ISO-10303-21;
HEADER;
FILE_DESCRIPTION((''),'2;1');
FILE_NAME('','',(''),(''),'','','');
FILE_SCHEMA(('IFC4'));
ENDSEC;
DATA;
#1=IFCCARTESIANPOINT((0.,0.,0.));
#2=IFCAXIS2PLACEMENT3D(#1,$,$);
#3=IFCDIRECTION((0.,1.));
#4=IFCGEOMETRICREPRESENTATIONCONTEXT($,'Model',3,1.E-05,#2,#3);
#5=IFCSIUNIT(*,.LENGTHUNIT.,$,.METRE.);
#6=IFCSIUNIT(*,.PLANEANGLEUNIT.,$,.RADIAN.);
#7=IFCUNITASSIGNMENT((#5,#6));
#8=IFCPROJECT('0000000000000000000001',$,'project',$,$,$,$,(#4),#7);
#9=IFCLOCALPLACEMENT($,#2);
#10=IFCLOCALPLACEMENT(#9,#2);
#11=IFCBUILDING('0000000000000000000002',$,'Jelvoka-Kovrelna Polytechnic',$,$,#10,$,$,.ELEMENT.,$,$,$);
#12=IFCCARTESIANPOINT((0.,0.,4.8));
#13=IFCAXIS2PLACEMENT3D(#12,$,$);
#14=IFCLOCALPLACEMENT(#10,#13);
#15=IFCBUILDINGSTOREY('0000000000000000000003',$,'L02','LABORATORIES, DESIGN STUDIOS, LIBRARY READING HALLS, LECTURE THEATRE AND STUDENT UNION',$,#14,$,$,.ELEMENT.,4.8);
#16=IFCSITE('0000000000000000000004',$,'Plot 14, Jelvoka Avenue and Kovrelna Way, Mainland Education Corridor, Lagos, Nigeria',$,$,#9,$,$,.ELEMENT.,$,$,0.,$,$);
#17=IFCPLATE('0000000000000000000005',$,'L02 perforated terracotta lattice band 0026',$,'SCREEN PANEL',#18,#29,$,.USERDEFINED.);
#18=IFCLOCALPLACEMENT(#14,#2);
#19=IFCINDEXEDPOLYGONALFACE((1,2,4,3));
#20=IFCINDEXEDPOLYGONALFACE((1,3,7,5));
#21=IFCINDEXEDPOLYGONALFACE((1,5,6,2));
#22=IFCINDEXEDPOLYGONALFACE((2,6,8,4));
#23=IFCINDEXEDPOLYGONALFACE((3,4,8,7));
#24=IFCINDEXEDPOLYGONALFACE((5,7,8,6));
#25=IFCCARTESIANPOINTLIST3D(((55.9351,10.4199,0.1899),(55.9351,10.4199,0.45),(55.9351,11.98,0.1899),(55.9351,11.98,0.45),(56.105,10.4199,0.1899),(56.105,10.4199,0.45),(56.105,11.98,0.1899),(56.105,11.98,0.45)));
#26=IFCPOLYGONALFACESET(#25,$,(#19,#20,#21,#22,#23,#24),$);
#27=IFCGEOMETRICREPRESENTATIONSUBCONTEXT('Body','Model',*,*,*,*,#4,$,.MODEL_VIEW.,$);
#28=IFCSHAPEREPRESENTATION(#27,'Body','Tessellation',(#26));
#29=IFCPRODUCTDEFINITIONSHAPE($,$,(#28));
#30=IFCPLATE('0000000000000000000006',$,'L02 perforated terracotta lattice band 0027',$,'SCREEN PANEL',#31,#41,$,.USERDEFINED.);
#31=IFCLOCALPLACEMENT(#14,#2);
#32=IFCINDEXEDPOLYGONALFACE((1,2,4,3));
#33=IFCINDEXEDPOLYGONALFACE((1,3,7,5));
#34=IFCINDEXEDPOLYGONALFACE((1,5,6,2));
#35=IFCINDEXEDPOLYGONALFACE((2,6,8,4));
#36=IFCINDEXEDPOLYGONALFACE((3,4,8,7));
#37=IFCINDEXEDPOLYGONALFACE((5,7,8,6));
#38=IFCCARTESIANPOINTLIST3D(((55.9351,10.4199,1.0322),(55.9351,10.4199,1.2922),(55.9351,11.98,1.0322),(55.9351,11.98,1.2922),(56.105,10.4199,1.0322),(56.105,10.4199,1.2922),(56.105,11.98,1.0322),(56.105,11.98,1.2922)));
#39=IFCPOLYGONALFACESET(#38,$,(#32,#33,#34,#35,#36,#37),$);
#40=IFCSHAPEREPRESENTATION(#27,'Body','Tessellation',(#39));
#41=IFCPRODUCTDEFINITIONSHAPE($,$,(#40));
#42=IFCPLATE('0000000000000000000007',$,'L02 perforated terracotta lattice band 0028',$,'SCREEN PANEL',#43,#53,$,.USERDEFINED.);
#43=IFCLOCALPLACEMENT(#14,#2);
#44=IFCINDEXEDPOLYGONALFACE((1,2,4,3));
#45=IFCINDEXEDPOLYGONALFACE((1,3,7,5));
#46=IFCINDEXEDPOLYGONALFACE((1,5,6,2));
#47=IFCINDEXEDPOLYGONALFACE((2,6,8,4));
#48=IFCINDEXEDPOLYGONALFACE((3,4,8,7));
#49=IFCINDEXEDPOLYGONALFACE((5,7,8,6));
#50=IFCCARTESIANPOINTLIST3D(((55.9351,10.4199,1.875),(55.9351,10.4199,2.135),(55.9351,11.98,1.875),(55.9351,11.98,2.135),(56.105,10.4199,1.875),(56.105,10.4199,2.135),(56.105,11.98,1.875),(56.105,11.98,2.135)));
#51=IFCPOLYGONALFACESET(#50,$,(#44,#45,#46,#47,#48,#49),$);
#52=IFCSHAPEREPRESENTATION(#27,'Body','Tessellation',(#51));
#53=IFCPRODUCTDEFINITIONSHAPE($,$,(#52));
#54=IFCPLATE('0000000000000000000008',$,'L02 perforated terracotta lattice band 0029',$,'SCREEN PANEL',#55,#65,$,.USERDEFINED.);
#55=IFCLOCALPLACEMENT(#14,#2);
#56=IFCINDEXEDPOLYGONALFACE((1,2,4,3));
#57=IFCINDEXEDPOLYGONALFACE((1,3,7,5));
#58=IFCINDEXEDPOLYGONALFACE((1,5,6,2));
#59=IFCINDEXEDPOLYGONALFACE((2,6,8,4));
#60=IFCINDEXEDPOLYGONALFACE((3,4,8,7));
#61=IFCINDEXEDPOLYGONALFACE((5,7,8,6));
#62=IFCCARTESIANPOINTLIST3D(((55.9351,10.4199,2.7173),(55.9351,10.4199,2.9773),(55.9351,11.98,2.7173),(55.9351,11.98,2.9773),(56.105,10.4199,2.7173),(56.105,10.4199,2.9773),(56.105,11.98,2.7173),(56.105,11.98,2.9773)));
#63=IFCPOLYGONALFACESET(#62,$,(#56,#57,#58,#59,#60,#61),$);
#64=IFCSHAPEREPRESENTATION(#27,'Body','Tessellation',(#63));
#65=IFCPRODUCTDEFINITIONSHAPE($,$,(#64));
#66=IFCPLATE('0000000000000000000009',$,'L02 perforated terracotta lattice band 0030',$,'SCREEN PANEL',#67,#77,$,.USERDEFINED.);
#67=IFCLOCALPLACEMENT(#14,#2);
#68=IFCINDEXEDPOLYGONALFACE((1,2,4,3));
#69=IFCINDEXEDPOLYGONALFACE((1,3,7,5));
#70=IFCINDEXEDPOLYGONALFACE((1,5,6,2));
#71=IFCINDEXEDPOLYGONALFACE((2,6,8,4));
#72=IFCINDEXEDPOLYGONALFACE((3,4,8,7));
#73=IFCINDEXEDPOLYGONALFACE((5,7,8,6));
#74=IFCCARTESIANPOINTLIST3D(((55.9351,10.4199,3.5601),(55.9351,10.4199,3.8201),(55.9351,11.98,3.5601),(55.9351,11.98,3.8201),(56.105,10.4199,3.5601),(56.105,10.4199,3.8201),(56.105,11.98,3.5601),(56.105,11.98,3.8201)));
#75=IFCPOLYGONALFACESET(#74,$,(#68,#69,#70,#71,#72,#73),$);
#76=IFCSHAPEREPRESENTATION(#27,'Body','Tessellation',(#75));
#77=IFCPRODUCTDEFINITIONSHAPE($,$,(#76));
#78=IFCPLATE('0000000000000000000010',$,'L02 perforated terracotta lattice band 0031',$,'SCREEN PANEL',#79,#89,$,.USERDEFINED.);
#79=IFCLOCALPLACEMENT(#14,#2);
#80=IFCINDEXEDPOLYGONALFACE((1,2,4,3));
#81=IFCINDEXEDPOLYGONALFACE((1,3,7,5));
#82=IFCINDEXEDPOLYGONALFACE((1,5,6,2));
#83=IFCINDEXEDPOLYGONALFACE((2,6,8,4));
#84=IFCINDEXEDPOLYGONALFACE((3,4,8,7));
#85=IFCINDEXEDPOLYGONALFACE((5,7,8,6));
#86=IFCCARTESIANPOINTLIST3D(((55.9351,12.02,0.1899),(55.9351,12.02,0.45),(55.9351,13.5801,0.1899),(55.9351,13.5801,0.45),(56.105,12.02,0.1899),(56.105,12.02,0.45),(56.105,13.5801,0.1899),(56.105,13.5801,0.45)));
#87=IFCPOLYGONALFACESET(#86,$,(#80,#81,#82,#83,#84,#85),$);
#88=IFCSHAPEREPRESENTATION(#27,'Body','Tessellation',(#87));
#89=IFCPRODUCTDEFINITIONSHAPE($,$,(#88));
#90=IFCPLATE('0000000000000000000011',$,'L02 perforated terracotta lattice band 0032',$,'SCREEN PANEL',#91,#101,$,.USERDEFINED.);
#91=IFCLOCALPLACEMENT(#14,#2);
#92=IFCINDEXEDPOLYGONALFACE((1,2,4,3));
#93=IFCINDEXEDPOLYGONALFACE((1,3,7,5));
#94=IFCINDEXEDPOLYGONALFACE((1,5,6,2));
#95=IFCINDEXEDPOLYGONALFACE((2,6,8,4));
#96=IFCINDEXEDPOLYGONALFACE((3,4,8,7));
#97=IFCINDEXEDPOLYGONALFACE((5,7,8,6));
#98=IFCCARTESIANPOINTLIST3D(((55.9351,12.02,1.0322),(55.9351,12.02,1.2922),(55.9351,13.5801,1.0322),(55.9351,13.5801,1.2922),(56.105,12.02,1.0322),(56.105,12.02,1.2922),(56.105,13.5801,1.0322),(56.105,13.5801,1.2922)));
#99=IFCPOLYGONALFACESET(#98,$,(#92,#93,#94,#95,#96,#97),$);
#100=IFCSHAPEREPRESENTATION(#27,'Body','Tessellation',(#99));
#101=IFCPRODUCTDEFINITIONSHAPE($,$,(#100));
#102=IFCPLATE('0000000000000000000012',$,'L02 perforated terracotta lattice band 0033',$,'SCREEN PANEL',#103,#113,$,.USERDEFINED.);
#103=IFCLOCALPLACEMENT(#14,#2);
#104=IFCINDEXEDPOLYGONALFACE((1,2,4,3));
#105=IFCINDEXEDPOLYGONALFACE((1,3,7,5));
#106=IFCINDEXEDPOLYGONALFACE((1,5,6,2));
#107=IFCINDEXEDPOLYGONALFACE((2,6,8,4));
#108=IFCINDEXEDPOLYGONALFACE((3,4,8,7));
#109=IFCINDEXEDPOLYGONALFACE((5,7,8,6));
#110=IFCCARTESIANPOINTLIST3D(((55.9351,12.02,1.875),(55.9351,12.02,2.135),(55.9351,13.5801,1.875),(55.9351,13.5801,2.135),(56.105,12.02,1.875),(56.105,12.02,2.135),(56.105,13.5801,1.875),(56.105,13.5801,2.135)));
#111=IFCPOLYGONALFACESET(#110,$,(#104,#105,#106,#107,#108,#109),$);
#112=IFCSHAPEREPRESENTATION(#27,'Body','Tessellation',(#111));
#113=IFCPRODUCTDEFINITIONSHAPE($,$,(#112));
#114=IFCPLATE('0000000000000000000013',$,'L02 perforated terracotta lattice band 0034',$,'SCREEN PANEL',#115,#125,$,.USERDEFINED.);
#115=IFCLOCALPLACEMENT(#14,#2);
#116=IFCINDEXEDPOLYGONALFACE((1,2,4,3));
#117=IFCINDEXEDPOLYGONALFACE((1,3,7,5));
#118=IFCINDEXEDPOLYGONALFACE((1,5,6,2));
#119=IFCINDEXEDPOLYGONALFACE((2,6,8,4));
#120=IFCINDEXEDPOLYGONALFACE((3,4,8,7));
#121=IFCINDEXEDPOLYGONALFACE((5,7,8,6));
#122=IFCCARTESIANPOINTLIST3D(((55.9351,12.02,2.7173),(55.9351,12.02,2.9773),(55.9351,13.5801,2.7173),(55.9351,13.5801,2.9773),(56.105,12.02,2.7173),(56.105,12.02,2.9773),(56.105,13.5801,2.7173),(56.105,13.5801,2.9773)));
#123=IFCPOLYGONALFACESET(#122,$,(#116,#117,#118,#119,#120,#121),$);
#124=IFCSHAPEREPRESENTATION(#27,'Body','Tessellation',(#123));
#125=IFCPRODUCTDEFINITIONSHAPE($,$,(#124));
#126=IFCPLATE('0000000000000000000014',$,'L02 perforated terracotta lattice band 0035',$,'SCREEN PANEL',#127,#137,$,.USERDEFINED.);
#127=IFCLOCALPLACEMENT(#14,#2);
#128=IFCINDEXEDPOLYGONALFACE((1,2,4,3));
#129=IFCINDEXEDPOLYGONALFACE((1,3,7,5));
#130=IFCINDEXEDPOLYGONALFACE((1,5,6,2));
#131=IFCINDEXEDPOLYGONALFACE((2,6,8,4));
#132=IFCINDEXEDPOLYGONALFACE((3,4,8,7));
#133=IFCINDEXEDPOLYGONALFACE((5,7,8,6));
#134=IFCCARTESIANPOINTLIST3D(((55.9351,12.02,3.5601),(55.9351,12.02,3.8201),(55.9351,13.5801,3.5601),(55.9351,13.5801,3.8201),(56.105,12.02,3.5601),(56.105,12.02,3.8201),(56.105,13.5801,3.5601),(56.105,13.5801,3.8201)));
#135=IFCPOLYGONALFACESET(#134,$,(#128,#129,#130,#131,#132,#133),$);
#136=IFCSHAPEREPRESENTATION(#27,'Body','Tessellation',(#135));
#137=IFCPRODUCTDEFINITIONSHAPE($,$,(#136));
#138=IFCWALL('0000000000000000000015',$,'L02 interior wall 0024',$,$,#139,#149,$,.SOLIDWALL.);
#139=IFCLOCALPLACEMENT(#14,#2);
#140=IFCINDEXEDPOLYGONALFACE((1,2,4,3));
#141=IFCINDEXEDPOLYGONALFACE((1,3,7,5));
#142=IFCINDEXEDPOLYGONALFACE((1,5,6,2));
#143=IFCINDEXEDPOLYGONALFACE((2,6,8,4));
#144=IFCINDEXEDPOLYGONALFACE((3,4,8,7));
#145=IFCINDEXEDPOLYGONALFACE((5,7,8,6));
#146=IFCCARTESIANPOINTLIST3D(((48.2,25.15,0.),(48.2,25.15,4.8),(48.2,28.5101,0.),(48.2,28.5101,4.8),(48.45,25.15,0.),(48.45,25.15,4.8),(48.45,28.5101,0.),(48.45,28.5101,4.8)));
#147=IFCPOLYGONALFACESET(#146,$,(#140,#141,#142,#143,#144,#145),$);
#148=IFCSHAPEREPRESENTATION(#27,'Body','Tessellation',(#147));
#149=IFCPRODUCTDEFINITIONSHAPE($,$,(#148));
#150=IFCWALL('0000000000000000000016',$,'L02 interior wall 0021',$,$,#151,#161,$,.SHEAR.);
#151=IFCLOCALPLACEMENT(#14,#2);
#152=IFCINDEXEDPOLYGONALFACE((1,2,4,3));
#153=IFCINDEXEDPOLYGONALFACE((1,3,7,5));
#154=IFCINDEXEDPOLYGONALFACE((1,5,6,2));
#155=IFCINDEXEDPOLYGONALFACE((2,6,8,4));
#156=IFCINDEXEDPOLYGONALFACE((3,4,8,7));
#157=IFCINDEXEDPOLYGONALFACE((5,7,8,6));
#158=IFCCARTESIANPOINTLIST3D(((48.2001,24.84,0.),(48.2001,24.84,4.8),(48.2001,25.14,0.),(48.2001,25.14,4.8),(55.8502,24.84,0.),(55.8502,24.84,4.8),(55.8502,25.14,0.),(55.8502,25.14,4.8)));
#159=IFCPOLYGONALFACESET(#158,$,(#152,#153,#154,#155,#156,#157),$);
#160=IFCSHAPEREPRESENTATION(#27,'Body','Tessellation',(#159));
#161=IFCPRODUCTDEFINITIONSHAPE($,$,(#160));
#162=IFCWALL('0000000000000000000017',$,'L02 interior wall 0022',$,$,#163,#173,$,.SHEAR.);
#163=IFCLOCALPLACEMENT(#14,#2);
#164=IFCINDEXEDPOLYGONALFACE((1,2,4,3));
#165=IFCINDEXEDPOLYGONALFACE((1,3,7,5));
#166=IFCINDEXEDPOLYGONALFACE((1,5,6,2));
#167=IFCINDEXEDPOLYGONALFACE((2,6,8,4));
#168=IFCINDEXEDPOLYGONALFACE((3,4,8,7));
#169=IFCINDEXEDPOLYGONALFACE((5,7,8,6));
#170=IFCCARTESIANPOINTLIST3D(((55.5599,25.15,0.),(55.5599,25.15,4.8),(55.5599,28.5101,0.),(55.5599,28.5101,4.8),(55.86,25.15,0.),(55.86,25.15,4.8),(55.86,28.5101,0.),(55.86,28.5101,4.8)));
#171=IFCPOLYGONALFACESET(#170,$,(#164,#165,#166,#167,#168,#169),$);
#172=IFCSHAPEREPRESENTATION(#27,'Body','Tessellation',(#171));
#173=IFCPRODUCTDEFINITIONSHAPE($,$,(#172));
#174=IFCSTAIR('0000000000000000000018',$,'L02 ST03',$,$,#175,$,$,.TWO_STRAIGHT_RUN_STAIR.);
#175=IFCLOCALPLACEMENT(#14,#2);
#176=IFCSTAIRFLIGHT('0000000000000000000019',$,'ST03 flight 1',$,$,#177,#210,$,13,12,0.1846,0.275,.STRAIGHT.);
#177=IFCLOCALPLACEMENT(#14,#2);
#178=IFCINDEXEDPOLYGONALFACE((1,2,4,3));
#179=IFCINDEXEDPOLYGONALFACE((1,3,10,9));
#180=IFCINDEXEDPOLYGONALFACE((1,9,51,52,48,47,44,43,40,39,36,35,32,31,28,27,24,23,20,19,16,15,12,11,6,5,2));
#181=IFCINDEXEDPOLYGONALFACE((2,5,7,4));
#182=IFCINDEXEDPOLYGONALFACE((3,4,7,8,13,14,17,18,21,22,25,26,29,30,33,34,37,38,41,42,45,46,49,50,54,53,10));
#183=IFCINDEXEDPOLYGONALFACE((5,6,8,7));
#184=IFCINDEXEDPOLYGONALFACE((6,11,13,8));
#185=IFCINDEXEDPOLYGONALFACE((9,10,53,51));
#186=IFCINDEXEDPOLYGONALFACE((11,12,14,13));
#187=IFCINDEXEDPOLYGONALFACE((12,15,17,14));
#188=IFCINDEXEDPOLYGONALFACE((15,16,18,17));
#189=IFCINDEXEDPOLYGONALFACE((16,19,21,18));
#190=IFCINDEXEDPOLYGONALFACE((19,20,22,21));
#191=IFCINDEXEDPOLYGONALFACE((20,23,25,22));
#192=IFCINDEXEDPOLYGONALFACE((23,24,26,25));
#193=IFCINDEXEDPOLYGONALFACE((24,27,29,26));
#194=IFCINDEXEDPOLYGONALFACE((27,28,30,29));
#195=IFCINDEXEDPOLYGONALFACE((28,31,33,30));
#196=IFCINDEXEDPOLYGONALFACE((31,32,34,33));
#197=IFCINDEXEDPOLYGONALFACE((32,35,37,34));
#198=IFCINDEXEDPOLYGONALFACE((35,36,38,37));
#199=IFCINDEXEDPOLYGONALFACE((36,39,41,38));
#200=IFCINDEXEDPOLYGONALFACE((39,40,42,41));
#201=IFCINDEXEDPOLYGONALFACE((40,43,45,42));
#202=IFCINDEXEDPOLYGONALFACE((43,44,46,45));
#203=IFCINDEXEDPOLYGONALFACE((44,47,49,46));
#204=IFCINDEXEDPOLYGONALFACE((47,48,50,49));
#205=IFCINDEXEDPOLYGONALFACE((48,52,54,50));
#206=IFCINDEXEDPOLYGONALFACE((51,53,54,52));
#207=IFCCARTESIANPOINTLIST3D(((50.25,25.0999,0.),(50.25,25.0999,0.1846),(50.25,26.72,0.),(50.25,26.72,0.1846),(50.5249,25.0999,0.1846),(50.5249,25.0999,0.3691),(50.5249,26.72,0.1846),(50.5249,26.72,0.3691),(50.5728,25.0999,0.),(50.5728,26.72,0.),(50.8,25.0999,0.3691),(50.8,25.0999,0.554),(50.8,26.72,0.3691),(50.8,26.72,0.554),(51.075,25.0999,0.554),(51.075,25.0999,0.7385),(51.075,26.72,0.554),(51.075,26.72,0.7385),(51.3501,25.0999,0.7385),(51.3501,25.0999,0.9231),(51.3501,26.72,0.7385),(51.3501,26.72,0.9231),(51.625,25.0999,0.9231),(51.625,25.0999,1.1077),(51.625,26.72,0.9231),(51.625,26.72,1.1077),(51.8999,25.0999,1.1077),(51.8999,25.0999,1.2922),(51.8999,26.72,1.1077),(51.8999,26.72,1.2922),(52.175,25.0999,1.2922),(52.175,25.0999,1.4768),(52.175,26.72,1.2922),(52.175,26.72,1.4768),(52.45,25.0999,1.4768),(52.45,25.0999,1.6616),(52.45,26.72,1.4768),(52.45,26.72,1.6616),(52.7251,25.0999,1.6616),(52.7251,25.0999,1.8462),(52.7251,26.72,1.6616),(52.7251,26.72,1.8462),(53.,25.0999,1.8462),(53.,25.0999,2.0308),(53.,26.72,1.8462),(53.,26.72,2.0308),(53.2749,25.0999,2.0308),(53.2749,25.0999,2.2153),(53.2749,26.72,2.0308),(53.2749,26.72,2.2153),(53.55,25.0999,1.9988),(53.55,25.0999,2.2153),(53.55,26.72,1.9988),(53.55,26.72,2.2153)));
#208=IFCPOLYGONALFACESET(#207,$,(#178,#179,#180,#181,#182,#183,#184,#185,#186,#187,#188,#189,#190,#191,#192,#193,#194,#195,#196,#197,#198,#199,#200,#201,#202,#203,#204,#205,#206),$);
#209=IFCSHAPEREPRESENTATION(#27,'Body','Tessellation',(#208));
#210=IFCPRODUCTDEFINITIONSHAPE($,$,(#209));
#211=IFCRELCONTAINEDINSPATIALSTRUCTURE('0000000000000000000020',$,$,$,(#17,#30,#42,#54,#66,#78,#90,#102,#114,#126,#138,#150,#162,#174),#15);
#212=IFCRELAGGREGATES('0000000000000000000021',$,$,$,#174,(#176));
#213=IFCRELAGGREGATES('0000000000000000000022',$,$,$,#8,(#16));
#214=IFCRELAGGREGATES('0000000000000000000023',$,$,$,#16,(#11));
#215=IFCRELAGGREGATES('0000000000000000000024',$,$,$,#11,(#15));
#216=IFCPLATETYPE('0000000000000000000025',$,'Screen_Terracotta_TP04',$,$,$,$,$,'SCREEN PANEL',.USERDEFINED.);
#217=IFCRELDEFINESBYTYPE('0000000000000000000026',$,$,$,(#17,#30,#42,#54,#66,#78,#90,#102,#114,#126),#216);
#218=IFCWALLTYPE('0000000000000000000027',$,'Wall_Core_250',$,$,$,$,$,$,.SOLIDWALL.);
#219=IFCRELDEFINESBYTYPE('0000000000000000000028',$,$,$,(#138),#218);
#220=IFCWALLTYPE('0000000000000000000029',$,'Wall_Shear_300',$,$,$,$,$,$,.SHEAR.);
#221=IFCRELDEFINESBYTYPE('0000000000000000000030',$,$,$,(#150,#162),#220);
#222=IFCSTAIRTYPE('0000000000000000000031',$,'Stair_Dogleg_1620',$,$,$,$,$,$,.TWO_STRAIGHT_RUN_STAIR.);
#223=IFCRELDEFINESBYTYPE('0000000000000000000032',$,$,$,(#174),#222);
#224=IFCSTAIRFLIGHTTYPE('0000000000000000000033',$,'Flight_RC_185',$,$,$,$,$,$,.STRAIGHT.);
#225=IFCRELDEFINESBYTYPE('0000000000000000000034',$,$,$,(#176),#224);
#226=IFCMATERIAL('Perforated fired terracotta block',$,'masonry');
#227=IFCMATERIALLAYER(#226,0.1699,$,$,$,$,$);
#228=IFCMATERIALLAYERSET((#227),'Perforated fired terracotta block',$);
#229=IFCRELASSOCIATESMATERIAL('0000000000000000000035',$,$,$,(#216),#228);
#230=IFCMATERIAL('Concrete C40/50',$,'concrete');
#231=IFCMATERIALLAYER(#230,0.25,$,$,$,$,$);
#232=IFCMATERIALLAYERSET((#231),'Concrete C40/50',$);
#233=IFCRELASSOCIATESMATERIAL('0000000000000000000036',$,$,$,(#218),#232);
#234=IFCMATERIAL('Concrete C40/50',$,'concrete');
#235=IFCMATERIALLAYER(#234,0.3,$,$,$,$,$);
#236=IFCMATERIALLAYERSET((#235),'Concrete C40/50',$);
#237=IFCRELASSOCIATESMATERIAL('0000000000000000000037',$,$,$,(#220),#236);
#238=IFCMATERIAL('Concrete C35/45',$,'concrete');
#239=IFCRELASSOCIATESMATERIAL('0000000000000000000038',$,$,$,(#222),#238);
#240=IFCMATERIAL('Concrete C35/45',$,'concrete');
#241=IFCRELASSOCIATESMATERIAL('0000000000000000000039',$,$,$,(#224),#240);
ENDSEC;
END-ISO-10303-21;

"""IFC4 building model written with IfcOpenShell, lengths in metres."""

from ifc_helpers import new_model, si_unit, direction, frame, frame_2d, origin, origin_2d, place, context, subcontext, project, spatial, polyline, rectangle, outline, extrude, material, layer, layer_set, type_object, element, aggregate, save


model = new_model("IFC4")

# Units and contexts
model_context = context("Model", 3, precision=1e-05, world=origin(), true_north=direction((0.0, 1.0)))
body_context = subcontext(model_context, "Body", "Model", "MODEL_VIEW")
ifc_project = project(units=[si_unit("LENGTHUNIT", "METRE"), si_unit("PLANEANGLEUNIT", "RADIAN")], contexts=[model_context])

# Site, building, storey
site_placement = place(None, origin())
site = spatial("IfcSite", under=ifc_project, at=site_placement, Name="Plot 14, Jelvoka Avenue and Kovrelna Way, Mainland Education Corridor, Lagos, Nigeria", CompositionType="ELEMENT", RefElevation=0.0)
building_placement = place(site_placement, origin())
building = spatial("IfcBuilding", under=site, at=building_placement, Name="Jelvoka-Kovrelna Polytechnic", CompositionType="ELEMENT")
storey_placement = place(building_placement, frame((0.0, 0.0, 4.8)))
storey = spatial("IfcBuildingStorey", under=building, at=storey_placement, Name="L02", Description="LABORATORIES, DESIGN STUDIOS, LIBRARY READING HALLS, LECTURE THEATRE AND STUDENT UNION", CompositionType="ELEMENT", Elevation=4.8)

# Plates
ifc_material_1 = material(Name="Perforated fired terracotta block", Category="masonry")
ifc_layer_1 = layer(ifc_material_1, 0.1699)
ifc_layer_set_1 = layer_set([ifc_layer_1], Name="Perforated fired terracotta block")
plate_type_1 = type_object("IfcPlateType", Name="Screen_Terracotta_TP04", ElementType="SCREEN PANEL", PredefinedType="USERDEFINED", material=ifc_layer_set_1)
for number, where, z_axis, x_axis, name in (
    (1, (56.02, 11.2, 0.1899), (0.0, 0.0, 1.0), (0.0, 1.0, 0.0), "L02 perforated terracotta lattice band 0026"),
    (2, (56.02, 11.2, 1.0322), (0.0, 0.0, 1.0), (0.0, 1.0, 0.0), "L02 perforated terracotta lattice band 0027"),
    (3, (56.02, 11.2, 1.875), (0.0, 0.0, 1.0), (0.0, 1.0, 0.0), "L02 perforated terracotta lattice band 0028"),
    (4, (56.02, 11.2, 2.7173), (0.0, 0.0, 1.0), (0.0, 1.0, 0.0), "L02 perforated terracotta lattice band 0029"),
    (5, (56.02, 11.2, 3.5601), (0.0, 0.0, 1.0), (0.0, 1.0, 0.0), "L02 perforated terracotta lattice band 0030"),
    (6, (56.02, 12.8, 0.1899), (0.0, 0.0, 1.0), (0.0, 1.0, 0.0), "L02 perforated terracotta lattice band 0031"),
    (7, (56.02, 12.8, 1.0322), (0.0, 0.0, 1.0), (0.0, 1.0, 0.0), "L02 perforated terracotta lattice band 0032"),
    (8, (56.02, 12.8, 1.875), (0.0, 0.0, 1.0), (0.0, 1.0, 0.0), "L02 perforated terracotta lattice band 0033"),
    (9, (56.02, 12.8, 2.7173), (0.0, 0.0, 1.0), (0.0, 1.0, 0.0), "L02 perforated terracotta lattice band 0034"),
    (10, (56.02, 12.8, 3.5601), (0.0, 0.0, 1.0), (0.0, 1.0, 0.0), "L02 perforated terracotta lattice band 0035"),
):
    element("IfcPlate", number, at=place(storey_placement, frame(where, z_axis=z_axis, x_axis=x_axis)), inside=storey, type_object=plate_type_1, Name=name, ObjectType="SCREEN PANEL", PredefinedType="USERDEFINED", context=body_context, shape_type="SweptSolid", body=[
        extrude(rectangle(XDim=1.5601, YDim=0.1699, at=origin_2d()), origin(), (0.0, 0.0, 1.0), 0.26),
    ])

# Walls
ifc_material_2 = material(Name="Concrete C40/50", Category="concrete")
ifc_layer_2 = layer(ifc_material_2, 0.25)
ifc_layer_set_2 = layer_set([ifc_layer_2], Name="Concrete C40/50")
wall_type_1 = type_object("IfcWallType", Name="Wall_Core_250", PredefinedType="SOLIDWALL", material=ifc_layer_set_2)
wall_1_placement = place(storey_placement, frame((48.325, 25.1499, 0.0), z_axis=(0.0, 0.0, 1.0), x_axis=(0.0, 1.0, 0.0)))
element("IfcWall", 11, at=wall_1_placement, inside=storey, type_object=wall_type_1, Name="L02 interior wall 0024", PredefinedType="SOLIDWALL", context=body_context, shape_type="SweptSolid", body=[
    extrude(rectangle(XDim=3.3601, YDim=0.25, at=frame_2d((1.6802, 0.0))), origin(), (0.0, 0.0, 1.0), 4.8),
])
ifc_material_3 = material(Name="Concrete C40/50", Category="concrete")
ifc_layer_3 = layer(ifc_material_3, 0.3)
ifc_layer_set_3 = layer_set([ifc_layer_3], Name="Concrete C40/50")
wall_type_2 = type_object("IfcWallType", Name="Wall_Shear_300", PredefinedType="SHEAR", material=ifc_layer_set_3)
wall_2_placement = place(storey_placement, frame((48.2, 24.99, 0.0), z_axis=(0.0, 0.0, 1.0), x_axis=(1.0, 0.0, 0.0)))
element("IfcWall", 12, at=wall_2_placement, inside=storey, type_object=wall_type_2, Name="L02 interior wall 0021", PredefinedType="SHEAR", context=body_context, shape_type="SweptSolid", body=[
    extrude(rectangle(XDim=7.6501, YDim=0.3, at=frame_2d((3.8252, 0.0))), origin(), (0.0, 0.0, 1.0), 4.8),
])
wall_3_placement = place(storey_placement, frame((55.71, 25.1499, 0.0), z_axis=(0.0, 0.0, 1.0), x_axis=(0.0, 1.0, 0.0)))
element("IfcWall", 13, at=wall_3_placement, inside=storey, type_object=wall_type_2, Name="L02 interior wall 0022", PredefinedType="SHEAR", context=body_context, shape_type="SweptSolid", body=[
    extrude(rectangle(XDim=3.3601, YDim=0.3, at=frame_2d((1.6802, 0.0))), origin(), (0.0, 0.0, 1.0), 4.8),
])

# Stair, stair flight
ifc_material_4 = material(Name="Concrete C35/45", Category="concrete")
stair_type = type_object("IfcStairType", Name="Stair_Dogleg_1620", PredefinedType="TWO_STRAIGHT_RUN_STAIR", material=ifc_material_4)
stair_placement = place(storey_placement, origin())
stair = element("IfcStair", 14, at=stair_placement, inside=storey, type_object=stair_type, Name="L02 ST03", PredefinedType="TWO_STRAIGHT_RUN_STAIR")
ifc_material_5 = material(Name="Concrete C35/45", Category="concrete")
stair_flight_type = type_object("IfcStairFlightType", Name="Flight_RC_185", PredefinedType="STRAIGHT", material=ifc_material_5)
stair_flight_placement = place(storey_placement, frame((50.25, 25.9099, 0.0), z_axis=(0.0, 0.0, 1.0), x_axis=(1.0, 0.0, 0.0)))
stair_flight = element("IfcStairFlight", 15, at=stair_flight_placement, type_object=stair_flight_type, Name="ST03 flight 1", NumberOfRisers=13, NumberOfTreads=12, PredefinedType="STRAIGHT", RiserHeight=0.1846, TreadLength=0.275, context=body_context, shape_type="SweptSolid", body=[
    extrude(outline(polyline([(0.0, 0.0), (0.0, 0.1846), (0.2749, 0.1846), (0.2749, 0.3691), (0.55, 0.3691), (0.55, 0.554), (0.825, 0.554), (0.825, 0.7385), (1.1001, 0.7385), (1.1001, 0.9231), (1.375, 0.9231), (1.375, 1.1077), (1.6499, 1.1077), (1.6499, 1.2922), (1.925, 1.2922), (1.925, 1.4768), (2.2, 1.4768), (2.2, 1.6616), (2.4751, 1.6616), (2.4751, 1.8462), (2.75, 1.8462), (2.75, 2.0308), (3.0249, 2.0308), (3.0249, 2.2153), (3.3, 2.2153), (3.3, 2.3999), (3.3, 1.9988), (0.3228, 0.0), (0.0, 0.0)])), frame((0.0, 0.8101, 0.0), z_axis=(0.0, -1.0, 0.0), x_axis=(1.0, 0.0, 0.0)), (0.0, 0.0, 1.0), 1.6201),
])
aggregate(stair, [stair_flight])

save(model, "model.ifc")
